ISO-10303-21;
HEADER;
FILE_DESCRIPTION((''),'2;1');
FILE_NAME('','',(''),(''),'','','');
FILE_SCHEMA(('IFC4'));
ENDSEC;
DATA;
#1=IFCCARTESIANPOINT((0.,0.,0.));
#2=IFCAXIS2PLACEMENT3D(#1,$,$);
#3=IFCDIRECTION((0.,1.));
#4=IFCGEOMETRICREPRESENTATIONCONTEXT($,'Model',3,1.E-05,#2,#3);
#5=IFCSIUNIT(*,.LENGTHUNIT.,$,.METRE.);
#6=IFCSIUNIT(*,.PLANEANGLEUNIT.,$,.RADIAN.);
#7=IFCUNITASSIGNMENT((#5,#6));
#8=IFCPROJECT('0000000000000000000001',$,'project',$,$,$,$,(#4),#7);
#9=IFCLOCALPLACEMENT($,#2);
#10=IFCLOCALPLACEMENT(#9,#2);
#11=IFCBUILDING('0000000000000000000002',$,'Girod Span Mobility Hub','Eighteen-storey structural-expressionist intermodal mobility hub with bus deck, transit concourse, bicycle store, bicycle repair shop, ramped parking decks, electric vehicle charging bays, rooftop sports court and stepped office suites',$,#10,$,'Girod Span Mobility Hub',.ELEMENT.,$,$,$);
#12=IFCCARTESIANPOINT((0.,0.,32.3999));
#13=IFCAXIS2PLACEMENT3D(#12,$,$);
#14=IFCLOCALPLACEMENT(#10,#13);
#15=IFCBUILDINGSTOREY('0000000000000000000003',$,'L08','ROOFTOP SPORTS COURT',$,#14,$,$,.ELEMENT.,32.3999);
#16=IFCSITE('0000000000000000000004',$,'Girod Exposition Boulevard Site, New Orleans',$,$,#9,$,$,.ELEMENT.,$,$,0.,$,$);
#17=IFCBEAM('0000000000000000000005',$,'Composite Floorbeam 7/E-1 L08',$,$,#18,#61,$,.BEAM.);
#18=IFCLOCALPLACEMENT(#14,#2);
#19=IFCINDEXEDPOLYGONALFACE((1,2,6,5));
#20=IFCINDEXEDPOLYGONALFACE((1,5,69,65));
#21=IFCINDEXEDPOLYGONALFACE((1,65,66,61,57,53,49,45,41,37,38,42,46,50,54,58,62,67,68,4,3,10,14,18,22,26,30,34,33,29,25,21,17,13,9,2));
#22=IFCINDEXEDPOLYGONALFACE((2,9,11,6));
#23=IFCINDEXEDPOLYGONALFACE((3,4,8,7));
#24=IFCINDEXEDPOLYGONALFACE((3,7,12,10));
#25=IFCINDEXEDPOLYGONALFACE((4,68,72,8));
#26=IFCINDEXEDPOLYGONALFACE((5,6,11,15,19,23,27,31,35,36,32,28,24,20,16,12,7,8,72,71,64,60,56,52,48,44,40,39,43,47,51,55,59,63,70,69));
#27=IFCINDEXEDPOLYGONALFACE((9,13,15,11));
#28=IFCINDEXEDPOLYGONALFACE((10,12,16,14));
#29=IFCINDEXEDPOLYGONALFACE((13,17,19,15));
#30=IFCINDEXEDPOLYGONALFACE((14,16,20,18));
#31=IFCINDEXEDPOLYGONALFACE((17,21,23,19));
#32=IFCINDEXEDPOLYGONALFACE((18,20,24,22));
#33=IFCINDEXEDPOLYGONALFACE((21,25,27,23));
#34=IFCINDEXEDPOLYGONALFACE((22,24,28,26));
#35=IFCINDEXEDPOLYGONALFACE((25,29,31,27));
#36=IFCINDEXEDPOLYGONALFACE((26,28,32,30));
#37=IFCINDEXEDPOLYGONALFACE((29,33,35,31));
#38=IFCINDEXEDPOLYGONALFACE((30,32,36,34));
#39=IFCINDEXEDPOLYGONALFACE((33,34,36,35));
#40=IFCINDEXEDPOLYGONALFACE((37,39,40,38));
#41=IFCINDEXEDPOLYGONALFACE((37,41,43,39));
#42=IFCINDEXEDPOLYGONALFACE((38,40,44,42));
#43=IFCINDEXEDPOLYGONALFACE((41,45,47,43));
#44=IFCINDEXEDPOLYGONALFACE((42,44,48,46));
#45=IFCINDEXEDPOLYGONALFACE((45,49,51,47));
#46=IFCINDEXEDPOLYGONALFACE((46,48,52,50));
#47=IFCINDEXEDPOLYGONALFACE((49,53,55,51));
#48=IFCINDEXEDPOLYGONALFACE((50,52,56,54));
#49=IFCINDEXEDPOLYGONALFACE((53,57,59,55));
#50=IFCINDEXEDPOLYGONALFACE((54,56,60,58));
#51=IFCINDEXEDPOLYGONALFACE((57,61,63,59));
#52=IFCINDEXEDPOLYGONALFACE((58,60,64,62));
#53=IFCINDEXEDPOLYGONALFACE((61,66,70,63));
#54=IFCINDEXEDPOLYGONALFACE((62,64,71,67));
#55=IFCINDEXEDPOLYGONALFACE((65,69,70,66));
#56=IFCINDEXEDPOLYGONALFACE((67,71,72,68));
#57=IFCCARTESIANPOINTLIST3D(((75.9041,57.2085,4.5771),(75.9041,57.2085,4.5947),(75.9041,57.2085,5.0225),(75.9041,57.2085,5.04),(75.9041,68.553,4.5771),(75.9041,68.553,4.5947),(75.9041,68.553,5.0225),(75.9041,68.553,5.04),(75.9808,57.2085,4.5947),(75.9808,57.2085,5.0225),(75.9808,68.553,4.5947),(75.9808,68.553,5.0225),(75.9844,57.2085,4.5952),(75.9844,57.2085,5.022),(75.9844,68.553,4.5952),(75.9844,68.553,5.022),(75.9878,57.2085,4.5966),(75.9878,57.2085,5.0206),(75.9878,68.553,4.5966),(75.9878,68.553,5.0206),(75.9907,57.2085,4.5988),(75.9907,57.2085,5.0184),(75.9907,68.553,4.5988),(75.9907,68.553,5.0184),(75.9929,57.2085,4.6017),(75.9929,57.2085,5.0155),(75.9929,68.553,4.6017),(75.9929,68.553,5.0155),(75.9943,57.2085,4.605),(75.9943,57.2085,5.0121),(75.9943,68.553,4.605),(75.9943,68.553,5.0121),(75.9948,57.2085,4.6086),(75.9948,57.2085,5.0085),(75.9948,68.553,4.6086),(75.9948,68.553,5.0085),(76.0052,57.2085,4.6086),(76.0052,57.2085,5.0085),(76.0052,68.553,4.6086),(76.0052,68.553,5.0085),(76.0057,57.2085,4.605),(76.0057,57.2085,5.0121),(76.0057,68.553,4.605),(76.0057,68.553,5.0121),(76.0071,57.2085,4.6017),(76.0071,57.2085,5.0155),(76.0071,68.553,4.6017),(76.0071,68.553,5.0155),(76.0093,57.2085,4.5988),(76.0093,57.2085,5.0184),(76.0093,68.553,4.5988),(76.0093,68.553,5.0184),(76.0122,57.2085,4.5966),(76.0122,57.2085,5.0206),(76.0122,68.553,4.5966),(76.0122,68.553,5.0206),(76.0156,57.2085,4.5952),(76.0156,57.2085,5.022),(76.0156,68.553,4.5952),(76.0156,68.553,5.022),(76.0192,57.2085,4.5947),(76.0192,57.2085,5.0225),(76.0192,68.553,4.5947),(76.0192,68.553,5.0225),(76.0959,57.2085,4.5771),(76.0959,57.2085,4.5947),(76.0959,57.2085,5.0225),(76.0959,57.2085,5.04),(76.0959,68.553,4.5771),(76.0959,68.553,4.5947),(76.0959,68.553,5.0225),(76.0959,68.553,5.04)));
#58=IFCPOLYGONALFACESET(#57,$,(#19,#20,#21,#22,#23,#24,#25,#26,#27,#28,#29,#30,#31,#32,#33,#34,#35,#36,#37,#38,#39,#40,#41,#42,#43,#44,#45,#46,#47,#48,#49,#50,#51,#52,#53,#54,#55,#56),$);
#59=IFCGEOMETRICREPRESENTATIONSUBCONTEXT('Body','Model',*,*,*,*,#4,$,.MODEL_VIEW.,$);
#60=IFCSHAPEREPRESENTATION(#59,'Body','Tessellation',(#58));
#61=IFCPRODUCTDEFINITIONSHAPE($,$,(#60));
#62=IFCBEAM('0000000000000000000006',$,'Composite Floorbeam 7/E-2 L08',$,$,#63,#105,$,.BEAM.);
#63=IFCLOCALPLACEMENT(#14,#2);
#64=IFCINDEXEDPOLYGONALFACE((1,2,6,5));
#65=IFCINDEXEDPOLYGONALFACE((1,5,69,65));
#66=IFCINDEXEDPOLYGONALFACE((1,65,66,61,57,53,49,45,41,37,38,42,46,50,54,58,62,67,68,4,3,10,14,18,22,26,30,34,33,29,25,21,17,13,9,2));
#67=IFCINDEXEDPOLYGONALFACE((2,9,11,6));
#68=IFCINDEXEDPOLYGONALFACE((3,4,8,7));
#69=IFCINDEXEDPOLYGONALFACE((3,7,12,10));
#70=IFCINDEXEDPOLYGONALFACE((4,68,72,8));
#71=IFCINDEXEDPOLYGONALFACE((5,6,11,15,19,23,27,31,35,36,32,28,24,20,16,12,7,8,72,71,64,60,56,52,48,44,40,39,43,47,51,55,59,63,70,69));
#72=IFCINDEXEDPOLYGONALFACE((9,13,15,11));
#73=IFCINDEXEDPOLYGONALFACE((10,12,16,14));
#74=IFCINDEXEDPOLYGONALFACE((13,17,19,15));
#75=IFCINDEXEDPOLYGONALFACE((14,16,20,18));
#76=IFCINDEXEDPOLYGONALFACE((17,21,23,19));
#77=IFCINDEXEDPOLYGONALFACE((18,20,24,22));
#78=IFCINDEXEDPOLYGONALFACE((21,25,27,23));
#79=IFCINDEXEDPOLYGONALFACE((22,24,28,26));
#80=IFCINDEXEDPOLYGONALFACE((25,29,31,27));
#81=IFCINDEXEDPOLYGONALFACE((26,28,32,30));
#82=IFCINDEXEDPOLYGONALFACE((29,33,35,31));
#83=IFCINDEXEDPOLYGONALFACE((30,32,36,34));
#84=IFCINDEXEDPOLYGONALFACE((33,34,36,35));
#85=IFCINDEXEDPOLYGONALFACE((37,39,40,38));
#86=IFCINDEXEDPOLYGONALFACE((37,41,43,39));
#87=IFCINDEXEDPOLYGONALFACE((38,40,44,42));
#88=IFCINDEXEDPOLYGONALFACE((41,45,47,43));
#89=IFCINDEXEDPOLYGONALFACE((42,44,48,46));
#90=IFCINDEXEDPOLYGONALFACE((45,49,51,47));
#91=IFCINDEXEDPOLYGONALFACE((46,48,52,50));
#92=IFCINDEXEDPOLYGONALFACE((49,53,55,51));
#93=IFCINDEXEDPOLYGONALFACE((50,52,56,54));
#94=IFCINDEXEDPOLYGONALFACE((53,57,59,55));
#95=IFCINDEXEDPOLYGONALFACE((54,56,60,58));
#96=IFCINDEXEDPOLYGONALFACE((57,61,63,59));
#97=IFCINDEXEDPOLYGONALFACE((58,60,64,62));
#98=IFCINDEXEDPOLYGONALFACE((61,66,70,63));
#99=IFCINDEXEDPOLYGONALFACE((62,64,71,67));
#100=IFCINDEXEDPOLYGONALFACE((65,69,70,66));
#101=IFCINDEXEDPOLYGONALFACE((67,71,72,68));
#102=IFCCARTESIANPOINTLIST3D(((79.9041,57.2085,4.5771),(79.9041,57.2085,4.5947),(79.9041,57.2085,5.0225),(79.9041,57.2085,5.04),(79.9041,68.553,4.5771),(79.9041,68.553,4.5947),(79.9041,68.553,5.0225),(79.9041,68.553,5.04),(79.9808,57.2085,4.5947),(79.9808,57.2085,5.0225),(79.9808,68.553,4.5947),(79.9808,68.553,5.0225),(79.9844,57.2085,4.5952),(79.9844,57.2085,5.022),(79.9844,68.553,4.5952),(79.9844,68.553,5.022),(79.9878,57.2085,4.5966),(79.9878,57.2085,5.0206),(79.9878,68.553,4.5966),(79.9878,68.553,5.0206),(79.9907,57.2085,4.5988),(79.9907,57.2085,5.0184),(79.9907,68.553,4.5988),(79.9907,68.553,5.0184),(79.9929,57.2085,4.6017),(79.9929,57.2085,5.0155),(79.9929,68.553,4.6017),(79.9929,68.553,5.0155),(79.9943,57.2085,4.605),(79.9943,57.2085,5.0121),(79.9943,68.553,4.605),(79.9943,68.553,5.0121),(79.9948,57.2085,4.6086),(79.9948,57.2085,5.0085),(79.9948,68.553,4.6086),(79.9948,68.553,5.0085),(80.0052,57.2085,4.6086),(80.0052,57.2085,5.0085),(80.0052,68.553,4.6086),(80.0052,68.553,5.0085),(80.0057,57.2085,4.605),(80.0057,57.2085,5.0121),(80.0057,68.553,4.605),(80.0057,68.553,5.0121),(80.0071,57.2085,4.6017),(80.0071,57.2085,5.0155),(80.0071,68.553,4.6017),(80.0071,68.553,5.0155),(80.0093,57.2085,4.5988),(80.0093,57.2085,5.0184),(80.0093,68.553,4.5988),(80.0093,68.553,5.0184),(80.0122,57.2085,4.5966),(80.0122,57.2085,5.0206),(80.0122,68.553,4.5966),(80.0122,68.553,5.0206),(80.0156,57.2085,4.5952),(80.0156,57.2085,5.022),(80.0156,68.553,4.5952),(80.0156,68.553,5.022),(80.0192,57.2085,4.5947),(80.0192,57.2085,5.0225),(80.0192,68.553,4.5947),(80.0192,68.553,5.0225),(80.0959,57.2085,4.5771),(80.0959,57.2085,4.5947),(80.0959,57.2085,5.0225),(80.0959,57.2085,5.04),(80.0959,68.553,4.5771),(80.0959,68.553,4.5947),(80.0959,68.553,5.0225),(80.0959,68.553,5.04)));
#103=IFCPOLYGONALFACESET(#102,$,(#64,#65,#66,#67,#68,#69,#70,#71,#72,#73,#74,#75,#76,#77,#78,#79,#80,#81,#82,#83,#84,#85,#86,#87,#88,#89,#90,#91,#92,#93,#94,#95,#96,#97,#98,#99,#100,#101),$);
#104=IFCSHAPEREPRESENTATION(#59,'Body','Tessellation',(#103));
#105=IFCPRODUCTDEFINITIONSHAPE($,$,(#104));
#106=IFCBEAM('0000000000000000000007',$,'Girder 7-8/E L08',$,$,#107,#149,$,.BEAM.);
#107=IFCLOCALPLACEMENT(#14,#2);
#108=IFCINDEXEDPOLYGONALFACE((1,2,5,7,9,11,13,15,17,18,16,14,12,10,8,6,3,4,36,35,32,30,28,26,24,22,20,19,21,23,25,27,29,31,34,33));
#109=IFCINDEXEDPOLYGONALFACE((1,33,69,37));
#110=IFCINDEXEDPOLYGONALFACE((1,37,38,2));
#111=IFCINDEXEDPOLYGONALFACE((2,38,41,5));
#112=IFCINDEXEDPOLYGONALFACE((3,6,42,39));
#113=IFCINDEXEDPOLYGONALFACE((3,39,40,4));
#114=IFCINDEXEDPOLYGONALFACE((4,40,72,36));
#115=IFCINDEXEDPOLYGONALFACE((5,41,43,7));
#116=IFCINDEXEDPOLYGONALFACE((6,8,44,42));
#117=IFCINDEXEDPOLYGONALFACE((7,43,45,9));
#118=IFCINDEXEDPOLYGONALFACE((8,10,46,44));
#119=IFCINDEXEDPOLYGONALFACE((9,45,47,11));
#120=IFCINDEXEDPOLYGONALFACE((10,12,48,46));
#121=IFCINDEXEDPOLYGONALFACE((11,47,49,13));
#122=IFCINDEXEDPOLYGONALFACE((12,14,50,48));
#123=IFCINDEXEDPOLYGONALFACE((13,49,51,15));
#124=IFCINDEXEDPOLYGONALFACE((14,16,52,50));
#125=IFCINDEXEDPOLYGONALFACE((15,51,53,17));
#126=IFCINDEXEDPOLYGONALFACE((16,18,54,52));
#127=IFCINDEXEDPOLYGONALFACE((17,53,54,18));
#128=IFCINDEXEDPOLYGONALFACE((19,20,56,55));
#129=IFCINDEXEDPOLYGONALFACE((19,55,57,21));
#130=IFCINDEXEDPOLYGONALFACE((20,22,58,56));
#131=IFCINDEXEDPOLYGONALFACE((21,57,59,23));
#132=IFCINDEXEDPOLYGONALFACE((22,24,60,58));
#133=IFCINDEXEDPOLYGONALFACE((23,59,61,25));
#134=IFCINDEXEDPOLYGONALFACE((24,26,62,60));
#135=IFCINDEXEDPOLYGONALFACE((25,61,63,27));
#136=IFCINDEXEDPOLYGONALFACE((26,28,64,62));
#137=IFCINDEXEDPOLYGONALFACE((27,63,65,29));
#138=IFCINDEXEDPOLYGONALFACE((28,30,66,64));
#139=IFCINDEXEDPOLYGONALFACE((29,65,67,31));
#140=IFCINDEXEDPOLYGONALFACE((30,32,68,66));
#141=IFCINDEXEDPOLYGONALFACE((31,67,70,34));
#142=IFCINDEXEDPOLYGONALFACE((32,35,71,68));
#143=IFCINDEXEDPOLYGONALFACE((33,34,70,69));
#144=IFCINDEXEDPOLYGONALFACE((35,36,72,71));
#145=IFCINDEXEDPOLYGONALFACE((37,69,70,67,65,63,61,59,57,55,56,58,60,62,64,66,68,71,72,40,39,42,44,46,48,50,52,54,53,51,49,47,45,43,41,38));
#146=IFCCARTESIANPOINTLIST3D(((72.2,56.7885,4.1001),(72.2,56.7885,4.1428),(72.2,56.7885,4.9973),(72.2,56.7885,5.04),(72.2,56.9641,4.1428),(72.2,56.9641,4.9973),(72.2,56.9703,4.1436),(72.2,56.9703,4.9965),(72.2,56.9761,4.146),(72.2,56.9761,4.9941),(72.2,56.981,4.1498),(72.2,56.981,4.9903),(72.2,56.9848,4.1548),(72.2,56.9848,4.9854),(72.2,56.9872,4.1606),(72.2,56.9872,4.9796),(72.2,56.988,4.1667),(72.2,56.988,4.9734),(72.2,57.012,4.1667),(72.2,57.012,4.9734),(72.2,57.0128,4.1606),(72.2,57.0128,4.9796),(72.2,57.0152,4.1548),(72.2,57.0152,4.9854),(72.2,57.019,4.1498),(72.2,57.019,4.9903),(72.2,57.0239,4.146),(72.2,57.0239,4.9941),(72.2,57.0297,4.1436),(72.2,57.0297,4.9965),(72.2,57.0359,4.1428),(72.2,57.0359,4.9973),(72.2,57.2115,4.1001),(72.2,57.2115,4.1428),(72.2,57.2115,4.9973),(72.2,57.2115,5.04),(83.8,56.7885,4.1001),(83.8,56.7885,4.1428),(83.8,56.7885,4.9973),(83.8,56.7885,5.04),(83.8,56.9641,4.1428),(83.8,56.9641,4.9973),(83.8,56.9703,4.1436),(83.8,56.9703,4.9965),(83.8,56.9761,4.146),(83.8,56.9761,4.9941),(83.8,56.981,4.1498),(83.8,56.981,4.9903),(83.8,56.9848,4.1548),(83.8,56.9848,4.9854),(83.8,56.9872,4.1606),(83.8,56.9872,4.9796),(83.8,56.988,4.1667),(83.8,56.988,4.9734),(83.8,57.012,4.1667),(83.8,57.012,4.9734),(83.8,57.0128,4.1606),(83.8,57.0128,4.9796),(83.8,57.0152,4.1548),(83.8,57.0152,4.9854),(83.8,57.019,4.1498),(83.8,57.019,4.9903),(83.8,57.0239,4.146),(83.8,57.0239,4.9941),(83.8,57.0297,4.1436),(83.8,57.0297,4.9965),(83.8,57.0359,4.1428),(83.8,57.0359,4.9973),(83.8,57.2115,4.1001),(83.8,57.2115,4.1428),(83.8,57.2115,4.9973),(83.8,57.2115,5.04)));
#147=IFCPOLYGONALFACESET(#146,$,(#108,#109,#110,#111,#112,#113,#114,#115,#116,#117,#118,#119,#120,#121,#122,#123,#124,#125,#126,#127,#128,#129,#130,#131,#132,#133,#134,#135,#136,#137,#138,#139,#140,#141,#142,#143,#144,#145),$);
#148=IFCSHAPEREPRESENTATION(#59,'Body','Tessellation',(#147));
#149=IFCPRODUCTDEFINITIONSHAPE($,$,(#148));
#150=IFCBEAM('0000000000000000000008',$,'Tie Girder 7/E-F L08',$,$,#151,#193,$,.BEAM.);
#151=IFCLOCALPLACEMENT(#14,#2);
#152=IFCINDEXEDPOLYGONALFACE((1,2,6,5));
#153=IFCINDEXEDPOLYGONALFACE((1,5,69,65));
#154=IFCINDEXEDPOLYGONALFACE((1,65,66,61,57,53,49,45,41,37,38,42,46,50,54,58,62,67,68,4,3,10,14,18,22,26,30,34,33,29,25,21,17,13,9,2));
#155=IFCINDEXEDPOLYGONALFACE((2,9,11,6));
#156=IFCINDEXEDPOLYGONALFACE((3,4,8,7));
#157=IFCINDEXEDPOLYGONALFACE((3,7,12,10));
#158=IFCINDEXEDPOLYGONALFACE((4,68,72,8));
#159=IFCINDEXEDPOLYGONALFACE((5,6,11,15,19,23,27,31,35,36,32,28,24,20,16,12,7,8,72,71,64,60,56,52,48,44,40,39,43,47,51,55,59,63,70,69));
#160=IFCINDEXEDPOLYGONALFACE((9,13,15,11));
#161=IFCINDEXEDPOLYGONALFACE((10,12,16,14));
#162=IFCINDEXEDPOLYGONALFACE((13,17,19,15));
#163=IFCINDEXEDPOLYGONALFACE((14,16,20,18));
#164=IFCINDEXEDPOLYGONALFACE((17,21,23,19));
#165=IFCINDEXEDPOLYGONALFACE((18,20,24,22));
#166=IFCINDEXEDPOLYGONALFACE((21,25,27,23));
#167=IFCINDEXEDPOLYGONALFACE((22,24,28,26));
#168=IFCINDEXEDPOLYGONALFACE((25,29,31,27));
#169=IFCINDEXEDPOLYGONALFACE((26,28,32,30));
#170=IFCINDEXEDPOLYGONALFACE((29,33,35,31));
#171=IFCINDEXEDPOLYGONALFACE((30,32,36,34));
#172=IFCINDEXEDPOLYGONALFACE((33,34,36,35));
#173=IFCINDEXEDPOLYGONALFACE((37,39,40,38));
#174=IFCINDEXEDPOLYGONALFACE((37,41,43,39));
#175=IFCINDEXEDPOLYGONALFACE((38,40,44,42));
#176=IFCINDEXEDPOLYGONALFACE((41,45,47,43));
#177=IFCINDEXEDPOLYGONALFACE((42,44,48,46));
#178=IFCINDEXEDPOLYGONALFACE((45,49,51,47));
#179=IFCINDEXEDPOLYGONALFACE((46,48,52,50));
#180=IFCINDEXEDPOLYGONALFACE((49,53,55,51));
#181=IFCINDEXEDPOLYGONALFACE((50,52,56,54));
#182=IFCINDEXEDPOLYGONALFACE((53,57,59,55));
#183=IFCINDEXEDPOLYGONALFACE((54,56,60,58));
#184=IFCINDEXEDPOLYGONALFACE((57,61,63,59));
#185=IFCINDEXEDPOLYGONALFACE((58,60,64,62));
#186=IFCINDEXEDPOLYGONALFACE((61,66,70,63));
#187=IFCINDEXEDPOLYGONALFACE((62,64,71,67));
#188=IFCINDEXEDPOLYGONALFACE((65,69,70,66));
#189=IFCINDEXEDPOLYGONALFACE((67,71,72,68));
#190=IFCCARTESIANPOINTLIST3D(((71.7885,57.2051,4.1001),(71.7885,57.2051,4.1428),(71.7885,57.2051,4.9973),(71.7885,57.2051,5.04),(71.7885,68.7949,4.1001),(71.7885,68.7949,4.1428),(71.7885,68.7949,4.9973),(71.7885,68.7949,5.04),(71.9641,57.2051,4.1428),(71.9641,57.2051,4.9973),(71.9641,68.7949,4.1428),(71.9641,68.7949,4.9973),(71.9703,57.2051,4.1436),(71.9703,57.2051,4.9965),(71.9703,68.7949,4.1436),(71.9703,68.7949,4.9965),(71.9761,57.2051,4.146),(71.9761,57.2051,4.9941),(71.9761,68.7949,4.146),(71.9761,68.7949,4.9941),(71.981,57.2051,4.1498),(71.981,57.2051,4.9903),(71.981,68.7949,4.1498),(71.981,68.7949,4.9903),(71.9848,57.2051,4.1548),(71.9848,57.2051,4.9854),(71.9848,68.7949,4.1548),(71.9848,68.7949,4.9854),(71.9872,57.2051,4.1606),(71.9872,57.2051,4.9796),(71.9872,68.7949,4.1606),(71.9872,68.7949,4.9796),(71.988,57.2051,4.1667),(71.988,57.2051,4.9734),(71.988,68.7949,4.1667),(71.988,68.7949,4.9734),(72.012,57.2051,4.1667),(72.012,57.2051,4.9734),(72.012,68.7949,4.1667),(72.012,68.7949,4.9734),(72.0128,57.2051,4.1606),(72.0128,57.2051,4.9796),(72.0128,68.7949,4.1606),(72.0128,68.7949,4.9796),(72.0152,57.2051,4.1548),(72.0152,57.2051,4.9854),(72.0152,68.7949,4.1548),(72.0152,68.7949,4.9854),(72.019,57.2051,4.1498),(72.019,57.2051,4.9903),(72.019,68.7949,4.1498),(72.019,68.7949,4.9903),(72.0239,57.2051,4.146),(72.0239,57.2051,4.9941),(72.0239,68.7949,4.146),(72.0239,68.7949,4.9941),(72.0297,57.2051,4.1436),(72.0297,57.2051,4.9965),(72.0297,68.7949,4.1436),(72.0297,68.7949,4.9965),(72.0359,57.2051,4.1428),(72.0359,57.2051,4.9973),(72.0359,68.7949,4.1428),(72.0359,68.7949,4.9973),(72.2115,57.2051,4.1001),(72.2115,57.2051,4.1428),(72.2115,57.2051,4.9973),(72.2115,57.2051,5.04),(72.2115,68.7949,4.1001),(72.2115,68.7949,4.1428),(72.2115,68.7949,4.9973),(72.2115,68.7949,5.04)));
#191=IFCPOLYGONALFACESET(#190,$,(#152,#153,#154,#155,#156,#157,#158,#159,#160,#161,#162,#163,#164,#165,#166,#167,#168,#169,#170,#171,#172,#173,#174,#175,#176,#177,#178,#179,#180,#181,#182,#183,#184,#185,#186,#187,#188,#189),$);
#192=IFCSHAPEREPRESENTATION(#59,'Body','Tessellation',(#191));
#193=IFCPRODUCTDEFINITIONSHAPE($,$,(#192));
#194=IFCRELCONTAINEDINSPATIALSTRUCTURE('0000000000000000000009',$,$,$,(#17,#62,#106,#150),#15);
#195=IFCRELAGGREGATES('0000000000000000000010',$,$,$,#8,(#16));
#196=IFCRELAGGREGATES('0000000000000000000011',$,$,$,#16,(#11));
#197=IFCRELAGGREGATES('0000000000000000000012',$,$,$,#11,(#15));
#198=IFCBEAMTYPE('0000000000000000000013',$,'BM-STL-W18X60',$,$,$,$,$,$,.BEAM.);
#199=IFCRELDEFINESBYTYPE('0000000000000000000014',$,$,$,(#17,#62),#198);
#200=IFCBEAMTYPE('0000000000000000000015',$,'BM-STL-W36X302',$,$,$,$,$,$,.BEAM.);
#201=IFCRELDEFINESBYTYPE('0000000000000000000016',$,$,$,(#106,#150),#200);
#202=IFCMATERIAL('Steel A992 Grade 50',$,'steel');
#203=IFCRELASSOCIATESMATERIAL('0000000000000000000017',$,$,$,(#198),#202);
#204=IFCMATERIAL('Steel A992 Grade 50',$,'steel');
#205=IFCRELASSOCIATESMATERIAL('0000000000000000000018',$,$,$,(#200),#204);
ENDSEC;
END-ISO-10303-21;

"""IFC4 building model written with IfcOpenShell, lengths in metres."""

from ifc_helpers import new_model, si_unit, direction, frame, origin, origin_2d, place, context, subcontext, project, spatial, i_section, extrude, material, material_profile, profile_set, type_object, element, save


model = new_model("IFC4")

# Units and contexts
model_context = context("Model", 3, precision=1e-05, world=origin(), true_north=direction((0.0, 1.0)))
body_context = subcontext(model_context, "Body", "Model", "MODEL_VIEW")
ifc_project = project(units=[si_unit("LENGTHUNIT", "METRE"), si_unit("PLANEANGLEUNIT", "RADIAN")], contexts=[model_context])

# Site, building, storey
site_placement = place(None, origin())
site = spatial("IfcSite", under=ifc_project, at=site_placement, Name="Girod Exposition Boulevard Site, New Orleans", CompositionType="ELEMENT", RefElevation=0.0)
building_placement = place(site_placement, origin())
building = spatial("IfcBuilding", under=site, at=building_placement, Name="Girod Span Mobility Hub", Description="Eighteen-storey structural-expressionist intermodal mobility hub with bus deck, transit concourse, bicycle store, bicycle repair shop, ramped parking decks, electric vehicle charging bays, rooftop sports court and stepped office suites", LongName="Girod Span Mobility Hub", CompositionType="ELEMENT")
storey_placement = place(building_placement, frame((0.0, 0.0, 32.3999)))
storey = spatial("IfcBuildingStorey", under=building, at=storey_placement, Name="L08", Description="ROOFTOP SPORTS COURT", CompositionType="ELEMENT", Elevation=32.3999)

# Beams
ifc_material_1 = material(Name="Steel A992 Grade 50", Category="steel")
ifc_material_profile_1 = material_profile(ifc_material_1, i_section(OverallWidth=0.1919, OverallDepth=0.4629, WebThickness=0.0105, FlangeThickness=0.0176, FilletRadius=0.0139, at=origin_2d()), Name="W18X60")
ifc_profile_set_1 = profile_set([ifc_material_profile_1], Name="Steel A992 Grade 50")
beam_type_1 = type_object("IfcBeamType", Name="BM-STL-W18X60", PredefinedType="BEAM", material=ifc_profile_set_1)
for number, where, z_axis, x_axis, name in (
    (1, (76.0, 57.2085, 4.8086), (0.0, 1.0, 0.0), (-1.0, 0.0, 0.0), "Composite Floorbeam 7/E-1 L08"),
    (2, (80.0, 57.2085, 4.8086), (0.0, 1.0, 0.0), (-1.0, 0.0, 0.0), "Composite Floorbeam 7/E-2 L08"),
):
    element("IfcBeam", number, at=place(storey_placement, frame(where, z_axis=z_axis, x_axis=x_axis)), inside=storey, type_object=beam_type_1, Name=name, PredefinedType="BEAM", context=body_context, shape_type="SweptSolid", body=[
        extrude(i_section(OverallWidth=0.1919, OverallDepth=0.4629, WebThickness=0.0105, FlangeThickness=0.0176, FilletRadius=0.0139, at=origin_2d()), origin(), (0.0, 0.0, 1.0), 11.3445),
    ])
ifc_material_2 = material(Name="Steel A992 Grade 50", Category="steel")
ifc_material_profile_2 = material_profile(ifc_material_2, i_section(OverallWidth=0.4231, OverallDepth=0.9399, WebThickness=0.0239, FlangeThickness=0.0427, FilletRadius=0.0239, at=origin_2d()), Name="W36X302")
ifc_profile_set_2 = profile_set([ifc_material_profile_2], Name="Steel A992 Grade 50")
beam_type_2 = type_object("IfcBeamType", Name="BM-STL-W36X302", PredefinedType="BEAM", material=ifc_profile_set_2)
beam_1_placement = place(storey_placement, frame((72.2, 57.0, 4.5701), z_axis=(1.0, 0.0, 0.0), x_axis=(0.0, 1.0, 0.0)))
element("IfcBeam", 3, at=beam_1_placement, inside=storey, type_object=beam_type_2, Name="Girder 7-8/E L08", PredefinedType="BEAM", context=body_context, shape_type="SweptSolid", body=[
    extrude(i_section(OverallWidth=0.4231, OverallDepth=0.9399, WebThickness=0.0239, FlangeThickness=0.0427, FilletRadius=0.0239, at=origin_2d()), origin(), (0.0, 0.0, 1.0), 11.6001),
])
beam_2_placement = place(storey_placement, frame((72.0, 57.2051, 4.5701), z_axis=(0.0, 1.0, 0.0), x_axis=(-1.0, 0.0, 0.0)))
element("IfcBeam", 4, at=beam_2_placement, inside=storey, type_object=beam_type_2, Name="Tie Girder 7/E-F L08", PredefinedType="BEAM", context=body_context, shape_type="SweptSolid", body=[
    extrude(i_section(OverallWidth=0.4231, OverallDepth=0.9399, WebThickness=0.0239, FlangeThickness=0.0427, FilletRadius=0.0239, at=origin_2d()), origin(), (0.0, 0.0, 1.0), 11.5898),
])

save(model, "model.ifc")
